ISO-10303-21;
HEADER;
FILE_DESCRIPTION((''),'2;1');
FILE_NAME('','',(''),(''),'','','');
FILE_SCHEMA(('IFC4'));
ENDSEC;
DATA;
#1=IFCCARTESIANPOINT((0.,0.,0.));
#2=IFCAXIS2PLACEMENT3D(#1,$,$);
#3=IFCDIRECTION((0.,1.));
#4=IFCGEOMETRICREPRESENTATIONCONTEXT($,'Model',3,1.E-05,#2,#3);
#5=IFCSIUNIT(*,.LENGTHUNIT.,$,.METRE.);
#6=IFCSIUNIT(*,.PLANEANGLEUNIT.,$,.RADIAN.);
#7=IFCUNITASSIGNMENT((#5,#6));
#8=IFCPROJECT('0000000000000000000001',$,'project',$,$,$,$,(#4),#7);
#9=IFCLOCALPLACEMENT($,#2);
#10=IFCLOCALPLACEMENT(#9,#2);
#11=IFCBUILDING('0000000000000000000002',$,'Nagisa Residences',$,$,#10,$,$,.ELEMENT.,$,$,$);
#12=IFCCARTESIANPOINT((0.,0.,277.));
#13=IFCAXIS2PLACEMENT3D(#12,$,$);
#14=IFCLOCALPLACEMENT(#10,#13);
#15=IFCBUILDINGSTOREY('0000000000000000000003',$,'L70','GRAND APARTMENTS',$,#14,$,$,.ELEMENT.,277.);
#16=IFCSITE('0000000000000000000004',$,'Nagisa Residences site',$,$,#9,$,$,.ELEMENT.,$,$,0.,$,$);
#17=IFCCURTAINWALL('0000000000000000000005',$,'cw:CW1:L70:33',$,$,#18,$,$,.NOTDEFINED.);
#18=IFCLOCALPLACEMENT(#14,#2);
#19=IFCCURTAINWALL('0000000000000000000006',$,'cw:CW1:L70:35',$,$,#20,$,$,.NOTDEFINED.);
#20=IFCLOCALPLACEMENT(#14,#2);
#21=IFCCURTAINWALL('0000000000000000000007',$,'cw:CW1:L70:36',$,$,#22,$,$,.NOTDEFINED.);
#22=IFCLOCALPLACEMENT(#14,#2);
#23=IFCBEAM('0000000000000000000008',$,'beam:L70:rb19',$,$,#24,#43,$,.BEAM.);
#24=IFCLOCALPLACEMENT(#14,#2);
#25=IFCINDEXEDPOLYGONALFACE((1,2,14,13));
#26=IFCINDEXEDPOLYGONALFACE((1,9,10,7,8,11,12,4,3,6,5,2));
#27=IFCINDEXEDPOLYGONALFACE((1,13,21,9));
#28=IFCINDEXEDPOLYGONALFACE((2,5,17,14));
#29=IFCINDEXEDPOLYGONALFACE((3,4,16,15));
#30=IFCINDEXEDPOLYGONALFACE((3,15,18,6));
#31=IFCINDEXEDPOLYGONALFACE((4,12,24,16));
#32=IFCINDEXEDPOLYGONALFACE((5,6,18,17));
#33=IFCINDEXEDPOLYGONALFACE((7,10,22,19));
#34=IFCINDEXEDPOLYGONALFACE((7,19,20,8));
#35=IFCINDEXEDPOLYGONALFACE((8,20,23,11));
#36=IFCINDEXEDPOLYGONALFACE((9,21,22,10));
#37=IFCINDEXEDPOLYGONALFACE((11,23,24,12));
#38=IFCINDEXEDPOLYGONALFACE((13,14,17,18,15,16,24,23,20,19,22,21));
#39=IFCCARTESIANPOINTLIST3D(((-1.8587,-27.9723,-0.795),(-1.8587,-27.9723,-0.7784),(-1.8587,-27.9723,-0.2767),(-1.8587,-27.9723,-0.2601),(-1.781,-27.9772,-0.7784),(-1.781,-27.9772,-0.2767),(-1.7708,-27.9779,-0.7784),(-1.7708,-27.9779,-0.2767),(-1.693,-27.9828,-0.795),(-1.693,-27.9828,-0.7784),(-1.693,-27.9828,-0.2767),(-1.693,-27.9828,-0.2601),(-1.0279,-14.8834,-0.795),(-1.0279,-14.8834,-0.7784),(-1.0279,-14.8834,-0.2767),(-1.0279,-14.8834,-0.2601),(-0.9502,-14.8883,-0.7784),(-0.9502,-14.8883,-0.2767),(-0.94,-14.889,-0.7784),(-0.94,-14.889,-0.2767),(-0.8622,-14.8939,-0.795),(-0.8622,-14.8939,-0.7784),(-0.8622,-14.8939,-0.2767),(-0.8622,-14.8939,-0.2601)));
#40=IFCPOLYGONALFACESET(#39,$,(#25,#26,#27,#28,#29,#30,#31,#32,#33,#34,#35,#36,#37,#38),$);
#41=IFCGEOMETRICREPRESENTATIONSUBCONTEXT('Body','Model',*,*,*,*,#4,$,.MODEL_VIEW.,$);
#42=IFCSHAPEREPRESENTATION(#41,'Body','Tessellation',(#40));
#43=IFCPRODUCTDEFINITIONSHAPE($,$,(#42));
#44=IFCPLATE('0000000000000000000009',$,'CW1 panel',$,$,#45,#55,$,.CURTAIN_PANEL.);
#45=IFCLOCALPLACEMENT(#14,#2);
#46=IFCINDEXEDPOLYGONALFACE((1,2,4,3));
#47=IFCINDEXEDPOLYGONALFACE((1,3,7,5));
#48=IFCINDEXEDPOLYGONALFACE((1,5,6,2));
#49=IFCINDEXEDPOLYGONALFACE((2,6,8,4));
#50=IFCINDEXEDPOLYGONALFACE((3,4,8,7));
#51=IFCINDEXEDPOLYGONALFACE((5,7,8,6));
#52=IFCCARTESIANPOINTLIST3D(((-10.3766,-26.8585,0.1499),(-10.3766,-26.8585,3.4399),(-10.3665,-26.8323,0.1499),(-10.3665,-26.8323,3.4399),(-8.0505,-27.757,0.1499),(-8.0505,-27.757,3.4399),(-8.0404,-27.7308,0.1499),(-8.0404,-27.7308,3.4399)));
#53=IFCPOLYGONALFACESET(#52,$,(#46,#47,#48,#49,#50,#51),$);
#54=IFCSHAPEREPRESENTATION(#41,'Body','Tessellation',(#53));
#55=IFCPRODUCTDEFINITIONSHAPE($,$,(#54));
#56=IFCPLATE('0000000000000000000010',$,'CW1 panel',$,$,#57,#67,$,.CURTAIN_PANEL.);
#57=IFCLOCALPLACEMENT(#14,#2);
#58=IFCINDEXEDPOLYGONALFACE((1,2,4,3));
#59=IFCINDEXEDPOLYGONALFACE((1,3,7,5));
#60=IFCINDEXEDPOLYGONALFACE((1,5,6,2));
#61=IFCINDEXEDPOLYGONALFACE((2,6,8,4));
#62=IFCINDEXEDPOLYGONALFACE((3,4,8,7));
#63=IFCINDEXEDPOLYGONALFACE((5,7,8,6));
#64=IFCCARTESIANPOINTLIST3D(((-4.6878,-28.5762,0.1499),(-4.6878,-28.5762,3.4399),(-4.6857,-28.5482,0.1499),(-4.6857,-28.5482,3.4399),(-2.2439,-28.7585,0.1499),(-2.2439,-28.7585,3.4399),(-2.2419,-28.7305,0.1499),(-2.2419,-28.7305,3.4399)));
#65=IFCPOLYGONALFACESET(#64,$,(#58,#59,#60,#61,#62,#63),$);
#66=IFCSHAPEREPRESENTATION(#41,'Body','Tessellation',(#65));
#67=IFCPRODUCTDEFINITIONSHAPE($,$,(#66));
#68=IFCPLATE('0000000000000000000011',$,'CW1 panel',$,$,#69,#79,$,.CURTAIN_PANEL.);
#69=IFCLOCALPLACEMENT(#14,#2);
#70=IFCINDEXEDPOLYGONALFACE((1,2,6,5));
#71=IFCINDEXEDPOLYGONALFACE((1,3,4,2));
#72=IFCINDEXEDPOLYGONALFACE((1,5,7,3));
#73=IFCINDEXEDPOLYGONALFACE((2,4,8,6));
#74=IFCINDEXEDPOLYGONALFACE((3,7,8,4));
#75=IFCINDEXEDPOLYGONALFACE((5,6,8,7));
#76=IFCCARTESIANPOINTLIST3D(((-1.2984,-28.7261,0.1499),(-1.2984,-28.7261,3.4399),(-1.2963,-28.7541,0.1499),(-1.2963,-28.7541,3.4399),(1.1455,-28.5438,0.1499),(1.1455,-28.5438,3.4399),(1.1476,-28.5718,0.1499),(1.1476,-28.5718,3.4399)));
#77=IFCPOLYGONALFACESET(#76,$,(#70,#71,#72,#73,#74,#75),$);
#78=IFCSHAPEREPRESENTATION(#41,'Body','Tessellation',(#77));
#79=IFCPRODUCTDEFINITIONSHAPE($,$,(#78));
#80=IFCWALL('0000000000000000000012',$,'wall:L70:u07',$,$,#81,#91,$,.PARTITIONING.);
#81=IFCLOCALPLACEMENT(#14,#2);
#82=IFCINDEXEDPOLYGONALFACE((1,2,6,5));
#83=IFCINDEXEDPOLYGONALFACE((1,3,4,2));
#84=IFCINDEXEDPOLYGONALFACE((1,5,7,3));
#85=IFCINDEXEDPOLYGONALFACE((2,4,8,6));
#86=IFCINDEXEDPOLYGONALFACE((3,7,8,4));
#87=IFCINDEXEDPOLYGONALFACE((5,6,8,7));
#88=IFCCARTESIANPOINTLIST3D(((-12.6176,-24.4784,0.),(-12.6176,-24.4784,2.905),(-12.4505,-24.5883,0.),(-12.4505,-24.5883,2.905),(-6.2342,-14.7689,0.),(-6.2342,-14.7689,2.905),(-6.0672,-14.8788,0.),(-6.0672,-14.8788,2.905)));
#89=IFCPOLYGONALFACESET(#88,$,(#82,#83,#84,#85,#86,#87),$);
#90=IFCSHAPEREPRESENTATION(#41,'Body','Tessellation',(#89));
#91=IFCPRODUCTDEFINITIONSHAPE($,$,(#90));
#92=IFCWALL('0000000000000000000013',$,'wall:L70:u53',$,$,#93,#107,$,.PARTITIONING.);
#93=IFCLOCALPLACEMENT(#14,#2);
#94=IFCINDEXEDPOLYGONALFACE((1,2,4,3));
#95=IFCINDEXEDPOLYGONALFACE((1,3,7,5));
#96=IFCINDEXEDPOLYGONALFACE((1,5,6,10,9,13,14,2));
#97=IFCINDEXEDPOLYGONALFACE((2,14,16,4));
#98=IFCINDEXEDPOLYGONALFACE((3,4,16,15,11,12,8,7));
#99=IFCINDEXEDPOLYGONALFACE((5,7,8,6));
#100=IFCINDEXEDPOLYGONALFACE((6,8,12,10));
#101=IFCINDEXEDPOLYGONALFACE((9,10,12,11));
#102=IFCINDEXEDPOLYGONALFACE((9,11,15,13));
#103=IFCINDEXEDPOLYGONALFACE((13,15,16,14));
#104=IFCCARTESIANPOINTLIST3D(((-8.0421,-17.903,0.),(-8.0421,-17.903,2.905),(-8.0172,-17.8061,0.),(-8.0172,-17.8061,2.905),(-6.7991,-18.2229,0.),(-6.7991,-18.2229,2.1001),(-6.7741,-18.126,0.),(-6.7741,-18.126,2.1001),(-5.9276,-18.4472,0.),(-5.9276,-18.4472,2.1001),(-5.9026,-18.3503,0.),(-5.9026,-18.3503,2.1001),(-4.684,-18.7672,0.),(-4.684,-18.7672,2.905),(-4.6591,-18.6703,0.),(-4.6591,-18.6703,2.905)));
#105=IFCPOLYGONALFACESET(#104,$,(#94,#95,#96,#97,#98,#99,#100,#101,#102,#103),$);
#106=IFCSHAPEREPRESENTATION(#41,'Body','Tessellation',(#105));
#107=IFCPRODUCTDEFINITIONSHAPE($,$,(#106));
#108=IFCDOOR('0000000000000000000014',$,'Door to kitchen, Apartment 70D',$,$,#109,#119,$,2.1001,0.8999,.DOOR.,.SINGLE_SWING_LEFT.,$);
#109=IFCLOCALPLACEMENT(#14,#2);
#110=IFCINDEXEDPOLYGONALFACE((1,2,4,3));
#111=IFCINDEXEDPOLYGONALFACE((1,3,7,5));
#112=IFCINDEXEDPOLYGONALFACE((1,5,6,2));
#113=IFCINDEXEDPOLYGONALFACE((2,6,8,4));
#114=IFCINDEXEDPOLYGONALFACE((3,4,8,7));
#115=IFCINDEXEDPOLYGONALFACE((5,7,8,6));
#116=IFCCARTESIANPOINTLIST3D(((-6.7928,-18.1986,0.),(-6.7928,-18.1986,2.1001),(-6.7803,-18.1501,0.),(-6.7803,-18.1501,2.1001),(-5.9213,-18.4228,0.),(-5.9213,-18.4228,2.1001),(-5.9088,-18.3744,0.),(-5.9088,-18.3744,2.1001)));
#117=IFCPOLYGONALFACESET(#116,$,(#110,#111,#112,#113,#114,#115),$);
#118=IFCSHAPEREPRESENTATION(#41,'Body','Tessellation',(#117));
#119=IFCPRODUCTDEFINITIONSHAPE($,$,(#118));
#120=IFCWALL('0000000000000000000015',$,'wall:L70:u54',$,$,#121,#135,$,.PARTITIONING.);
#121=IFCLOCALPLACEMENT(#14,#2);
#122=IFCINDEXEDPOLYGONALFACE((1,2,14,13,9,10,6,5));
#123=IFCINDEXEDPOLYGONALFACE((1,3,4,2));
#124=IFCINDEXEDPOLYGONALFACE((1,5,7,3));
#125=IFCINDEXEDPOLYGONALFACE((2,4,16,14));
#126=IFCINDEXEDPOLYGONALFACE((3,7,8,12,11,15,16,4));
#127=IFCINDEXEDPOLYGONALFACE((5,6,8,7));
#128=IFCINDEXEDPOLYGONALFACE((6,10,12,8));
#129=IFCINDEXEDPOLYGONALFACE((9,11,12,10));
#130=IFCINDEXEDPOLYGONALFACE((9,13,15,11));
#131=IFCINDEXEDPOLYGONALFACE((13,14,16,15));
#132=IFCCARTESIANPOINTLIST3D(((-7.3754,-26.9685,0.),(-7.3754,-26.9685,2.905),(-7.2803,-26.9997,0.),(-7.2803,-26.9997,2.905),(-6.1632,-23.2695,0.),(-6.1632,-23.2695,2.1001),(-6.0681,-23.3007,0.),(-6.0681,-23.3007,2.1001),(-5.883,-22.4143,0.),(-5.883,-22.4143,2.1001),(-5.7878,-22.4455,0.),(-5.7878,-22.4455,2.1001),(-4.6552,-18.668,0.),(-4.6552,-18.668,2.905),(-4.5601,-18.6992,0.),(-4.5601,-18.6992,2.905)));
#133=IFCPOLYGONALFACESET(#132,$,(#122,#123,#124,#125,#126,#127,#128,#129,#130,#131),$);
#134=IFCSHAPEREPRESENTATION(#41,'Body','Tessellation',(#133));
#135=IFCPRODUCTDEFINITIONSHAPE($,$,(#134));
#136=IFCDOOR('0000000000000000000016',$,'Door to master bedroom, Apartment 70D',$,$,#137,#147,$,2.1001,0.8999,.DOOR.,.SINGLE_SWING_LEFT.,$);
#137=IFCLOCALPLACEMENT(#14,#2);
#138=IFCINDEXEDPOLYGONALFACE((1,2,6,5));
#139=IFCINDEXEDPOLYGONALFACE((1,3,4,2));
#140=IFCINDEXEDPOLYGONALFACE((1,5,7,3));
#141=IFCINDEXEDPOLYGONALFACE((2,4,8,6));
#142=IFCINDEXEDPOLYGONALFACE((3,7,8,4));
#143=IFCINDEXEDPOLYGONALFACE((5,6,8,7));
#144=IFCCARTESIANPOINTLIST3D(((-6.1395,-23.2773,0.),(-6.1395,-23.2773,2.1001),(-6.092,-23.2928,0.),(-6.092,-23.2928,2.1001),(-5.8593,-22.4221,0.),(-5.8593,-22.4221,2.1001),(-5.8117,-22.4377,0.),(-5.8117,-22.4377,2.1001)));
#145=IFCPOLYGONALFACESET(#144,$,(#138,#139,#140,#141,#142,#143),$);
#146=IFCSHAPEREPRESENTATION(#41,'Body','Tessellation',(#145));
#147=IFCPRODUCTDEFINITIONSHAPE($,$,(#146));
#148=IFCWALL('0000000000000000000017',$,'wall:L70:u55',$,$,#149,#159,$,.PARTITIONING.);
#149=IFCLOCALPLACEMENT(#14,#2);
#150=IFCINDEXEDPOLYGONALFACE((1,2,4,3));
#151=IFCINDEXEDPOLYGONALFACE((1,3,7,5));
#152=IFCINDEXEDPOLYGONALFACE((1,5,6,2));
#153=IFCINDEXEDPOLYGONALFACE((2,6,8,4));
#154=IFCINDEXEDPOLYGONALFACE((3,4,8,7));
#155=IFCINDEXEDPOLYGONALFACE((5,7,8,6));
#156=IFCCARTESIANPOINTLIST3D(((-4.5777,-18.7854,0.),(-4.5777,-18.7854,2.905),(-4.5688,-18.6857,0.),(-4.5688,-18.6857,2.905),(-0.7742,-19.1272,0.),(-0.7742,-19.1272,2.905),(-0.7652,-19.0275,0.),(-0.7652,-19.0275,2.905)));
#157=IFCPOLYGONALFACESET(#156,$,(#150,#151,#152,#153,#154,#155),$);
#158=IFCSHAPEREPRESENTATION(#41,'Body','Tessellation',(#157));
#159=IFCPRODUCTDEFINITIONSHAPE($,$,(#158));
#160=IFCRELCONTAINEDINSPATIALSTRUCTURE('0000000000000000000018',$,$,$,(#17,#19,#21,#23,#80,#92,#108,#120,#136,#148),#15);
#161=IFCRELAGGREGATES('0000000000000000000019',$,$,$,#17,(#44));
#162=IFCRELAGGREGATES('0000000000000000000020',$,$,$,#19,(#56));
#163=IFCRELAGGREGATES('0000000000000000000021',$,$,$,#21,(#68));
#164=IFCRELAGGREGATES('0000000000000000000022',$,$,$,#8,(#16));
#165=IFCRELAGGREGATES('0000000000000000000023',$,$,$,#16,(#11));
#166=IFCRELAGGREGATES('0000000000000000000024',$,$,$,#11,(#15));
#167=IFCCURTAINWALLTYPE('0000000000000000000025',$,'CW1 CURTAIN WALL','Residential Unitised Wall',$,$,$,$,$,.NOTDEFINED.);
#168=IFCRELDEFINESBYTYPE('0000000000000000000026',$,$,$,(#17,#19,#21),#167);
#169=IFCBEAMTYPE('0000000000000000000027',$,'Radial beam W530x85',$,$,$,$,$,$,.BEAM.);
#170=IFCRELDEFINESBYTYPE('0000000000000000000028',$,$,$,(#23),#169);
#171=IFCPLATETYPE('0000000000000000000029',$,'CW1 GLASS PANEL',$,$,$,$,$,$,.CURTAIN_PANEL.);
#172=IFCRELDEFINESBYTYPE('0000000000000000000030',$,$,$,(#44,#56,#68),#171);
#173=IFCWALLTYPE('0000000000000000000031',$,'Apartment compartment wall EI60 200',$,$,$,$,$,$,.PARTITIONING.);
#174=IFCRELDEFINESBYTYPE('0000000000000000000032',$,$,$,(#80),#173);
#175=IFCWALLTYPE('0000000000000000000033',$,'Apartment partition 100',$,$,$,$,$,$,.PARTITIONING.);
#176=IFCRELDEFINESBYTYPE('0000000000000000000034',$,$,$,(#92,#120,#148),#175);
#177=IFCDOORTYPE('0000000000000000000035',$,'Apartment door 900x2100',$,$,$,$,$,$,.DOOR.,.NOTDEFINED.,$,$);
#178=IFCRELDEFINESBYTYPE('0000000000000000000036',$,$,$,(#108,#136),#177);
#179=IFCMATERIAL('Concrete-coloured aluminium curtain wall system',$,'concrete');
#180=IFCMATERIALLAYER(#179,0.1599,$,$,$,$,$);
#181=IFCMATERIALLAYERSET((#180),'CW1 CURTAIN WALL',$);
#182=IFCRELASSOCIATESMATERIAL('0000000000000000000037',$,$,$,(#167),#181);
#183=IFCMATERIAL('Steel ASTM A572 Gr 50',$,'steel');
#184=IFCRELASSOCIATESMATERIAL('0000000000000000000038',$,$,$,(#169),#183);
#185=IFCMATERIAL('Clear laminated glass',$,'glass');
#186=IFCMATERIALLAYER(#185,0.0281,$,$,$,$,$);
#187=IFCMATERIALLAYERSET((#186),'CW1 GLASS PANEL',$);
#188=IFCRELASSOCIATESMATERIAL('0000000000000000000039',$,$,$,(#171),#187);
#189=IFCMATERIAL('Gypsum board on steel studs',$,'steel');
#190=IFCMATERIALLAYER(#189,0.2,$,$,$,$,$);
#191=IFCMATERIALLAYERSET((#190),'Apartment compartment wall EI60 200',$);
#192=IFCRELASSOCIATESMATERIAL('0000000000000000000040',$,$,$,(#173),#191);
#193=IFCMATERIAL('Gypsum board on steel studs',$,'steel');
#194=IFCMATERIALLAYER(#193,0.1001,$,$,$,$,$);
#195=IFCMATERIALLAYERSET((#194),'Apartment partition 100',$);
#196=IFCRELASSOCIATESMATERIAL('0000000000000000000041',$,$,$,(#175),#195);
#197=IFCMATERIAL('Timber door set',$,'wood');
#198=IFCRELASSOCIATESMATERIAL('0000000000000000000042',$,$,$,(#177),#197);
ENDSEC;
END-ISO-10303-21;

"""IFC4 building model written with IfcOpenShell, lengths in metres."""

from ifc_helpers import new_model, si_unit, direction, frame, frame_2d, origin, origin_2d, place, context, subcontext, project, spatial, rectangle, i_section, extrude, material, layer, layer_set, material_profile, profile_set, type_object, element, fill, aggregate, save


model = new_model("IFC4")

# Units and contexts
model_context = context("Model", 3, precision=1e-05, world=origin(), true_north=direction((0.0, 1.0)))
body_context = subcontext(model_context, "Body", "Model", "MODEL_VIEW")
ifc_project = project(units=[si_unit("LENGTHUNIT", "METRE"), si_unit("PLANEANGLEUNIT", "RADIAN")], contexts=[model_context])

# Site, building, storey
site_placement = place(None, origin())
site = spatial("IfcSite", under=ifc_project, at=site_placement, Name="Nagisa Residences site", CompositionType="ELEMENT", RefElevation=0.0)
building_placement = place(site_placement, origin())
building = spatial("IfcBuilding", under=site, at=building_placement, Name="Nagisa Residences", CompositionType="ELEMENT")
storey_placement = place(building_placement, frame((0.0, 0.0, 277.0)))
storey = spatial("IfcBuildingStorey", under=building, at=storey_placement, Name="L70", Description="GRAND APARTMENTS", CompositionType="ELEMENT", Elevation=277.0)

# Curtain walls
ifc_material_1 = material(Name="Concrete-coloured aluminium curtain wall system", Category="concrete")
ifc_layer_1 = layer(ifc_material_1, 0.1599)
ifc_layer_set_1 = layer_set([ifc_layer_1], Name="CW1 CURTAIN WALL")
curtain_wall_type = type_object("IfcCurtainWallType", Name="CW1 CURTAIN WALL", Description="Residential Unitised Wall", PredefinedType="NOTDEFINED", material=ifc_layer_set_1)
curtain_wall_1_placement = place(storey_placement, origin())
curtain_wall_1 = element("IfcCurtainWall", 1, at=curtain_wall_1_placement, inside=storey, type_object=curtain_wall_type, Name="cw:CW1:L70:33", PredefinedType="NOTDEFINED")
curtain_wall_2_placement = place(storey_placement, origin())
curtain_wall_2 = element("IfcCurtainWall", 2, at=curtain_wall_2_placement, inside=storey, type_object=curtain_wall_type, Name="cw:CW1:L70:35", PredefinedType="NOTDEFINED")
curtain_wall_3_placement = place(storey_placement, origin())
curtain_wall_3 = element("IfcCurtainWall", 3, at=curtain_wall_3_placement, inside=storey, type_object=curtain_wall_type, Name="cw:CW1:L70:36", PredefinedType="NOTDEFINED")

# Beam
ifc_material_2 = material(Name="Steel ASTM A572 Gr 50", Category="steel")
ifc_material_profile_1 = material_profile(ifc_material_2, i_section(OverallWidth=0.166, OverallDepth=0.5349, WebThickness=0.0103, FlangeThickness=0.0166, at=origin_2d()), Name="W530x85")
ifc_profile_set_1 = profile_set([ifc_material_profile_1], Name="Steel ASTM A572 Gr 50")
beam_type_1 = type_object("IfcBeamType", Name="Radial beam W530x85", PredefinedType="BEAM", material=ifc_profile_set_1)
beam_1_placement = place(storey_placement, frame((-1.7759, -27.9775, -0.5276), z_axis=(0.063347, 0.997992, 0.0), x_axis=(-0.997992, 0.063347, 0.0)))
element("IfcBeam", 4, at=beam_1_placement, inside=storey, type_object=beam_type_1, Name="beam:L70:rb19", PredefinedType="BEAM", context=body_context, shape_type="SweptSolid", body=[
    extrude(i_section(OverallWidth=0.166, OverallDepth=0.5349, WebThickness=0.0103, FlangeThickness=0.0166, at=origin_2d()), origin(), (0.0, 0.0, 1.0), 13.1152),
])

# Plates
ifc_material_3 = material(Name="Clear laminated glass", Category="glass")
ifc_layer_2 = layer(ifc_material_3, 0.0281)
ifc_layer_set_2 = layer_set([ifc_layer_2], Name="CW1 GLASS PANEL")
plate_type = type_object("IfcPlateType", Name="CW1 GLASS PANEL", PredefinedType="CURTAIN_PANEL", material=ifc_layer_set_2)
plate_1_placement = place(storey_placement, frame((-9.2085, -27.2947, 0.1499), z_axis=(0.0, 0.0, 1.0), x_axis=(0.932826, -0.360328, 0.0)))
plate_1 = element("IfcPlate", 5, at=plate_1_placement, type_object=plate_type, Name="CW1 panel", PredefinedType="CURTAIN_PANEL", context=body_context, shape_type="SweptSolid", body=[
    extrude(rectangle(XDim=2.4937, YDim=0.0281, at=origin_2d()), origin(), (0.0, 0.0, 1.0), 3.29),
])
aggregate(curtain_wall_1, [plate_1])
plate_2_placement = place(storey_placement, frame((-3.4648, -28.6533, 0.1499), z_axis=(0.0, 0.0, 1.0), x_axis=(0.99723, -0.074377, 0.0)))
plate_2 = element("IfcPlate", 6, at=plate_2_placement, type_object=plate_type, Name="CW1 panel", PredefinedType="CURTAIN_PANEL", context=body_context, shape_type="SweptSolid", body=[
    extrude(rectangle(XDim=2.4507, YDim=0.0281, at=origin_2d()), origin(), (0.0, 0.0, 1.0), 3.29),
])
aggregate(curtain_wall_2, [plate_2])
plate_3_placement = place(storey_placement, frame((-0.0754, -28.6489, 0.1499), z_axis=(0.0, 0.0, 1.0), x_axis=(0.99723, 0.074377, 0.0)))
plate_3 = element("IfcPlate", 7, at=plate_3_placement, type_object=plate_type, Name="CW1 panel", PredefinedType="CURTAIN_PANEL", context=body_context, shape_type="SweptSolid", body=[
    extrude(rectangle(XDim=2.4507, YDim=0.0281, at=origin_2d()), origin(), (0.0, 0.0, 1.0), 3.29),
])
aggregate(curtain_wall_3, [plate_3])

# Wall
ifc_material_4 = material(Name="Gypsum board on steel studs", Category="steel")
ifc_layer_3 = layer(ifc_material_4, 0.2)
ifc_layer_set_3 = layer_set([ifc_layer_3], Name="Apartment compartment wall EI60 200")
wall_type_1 = type_object("IfcWallType", Name="Apartment compartment wall EI60 200", PredefinedType="PARTITIONING", material=ifc_layer_set_3)
wall_1_placement = place(storey_placement, frame((-6.1506, -14.8237, 0.0), z_axis=(0.0, 0.0, 1.0), x_axis=(-0.549346, -0.835595, 0.0)))
element("IfcWall", 8, at=wall_1_placement, inside=storey, type_object=wall_type_1, Name="wall:L70:u07", PredefinedType="PARTITIONING", context=body_context, shape_type="SweptSolid", body=[
    extrude(rectangle(XDim=11.6199, YDim=0.2, at=frame_2d((5.8101, 0.0))), origin(), (0.0, 0.0, 1.0), 2.905),
])

# Walls, openings, doors
ifc_material_5 = material(Name="Gypsum board on steel studs", Category="steel")
ifc_layer_4 = layer(ifc_material_5, 0.1001)
ifc_layer_set_4 = layer_set([ifc_layer_4], Name="Apartment partition 100")
wall_type_2 = type_object("IfcWallType", Name="Apartment partition 100", PredefinedType="PARTITIONING", material=ifc_layer_set_4)
wall_2_placement = place(storey_placement, frame((-8.0298, -17.8545, 0.0), z_axis=(0.0, 0.0, 1.0), x_axis=(0.968442, -0.249239, 0.0)))
wall_2 = element("IfcWall", 9, at=wall_2_placement, inside=storey, type_object=wall_type_2, Name="wall:L70:u53", PredefinedType="PARTITIONING", context=body_context, shape_type="SweptSolid", body=[
    extrude(rectangle(XDim=3.4675, YDim=0.1001, at=frame_2d((1.7339, 0.0))), origin(), (0.0, 0.0, 1.0), 2.905),
])
opening_1_placement = place(wall_2_placement, frame((1.2837, 0.0, 0.0)))
opening_1 = element("IfcOpeningElement", 10, at=opening_1_placement, cuts=wall_2, PredefinedType="OPENING", context=body_context, shape_type="SweptSolid", body=[
    extrude(rectangle(XDim=0.8999, YDim=2.1001, at=frame_2d((0.45, 1.05))), frame((0.0, 0.0601, 0.0), z_axis=(0.0, -1.0, 0.0), x_axis=(1.0, 0.0, 0.0)), (0.0, 0.0, 1.0), 0.1201),
])
ifc_material_6 = material(Name="Timber door set", Category="wood")
door_type_1 = type_object("IfcDoorType", Name="Apartment door 900x2100", OperationType="NOTDEFINED", PredefinedType="DOOR", material=ifc_material_6)
door_1_placement = place(opening_1_placement, frame((0.8999, 0.0, 0.0), x_axis=(-1.0, 0.0, 0.0)))
door_1 = element("IfcDoor", 11, at=door_1_placement, inside=storey, type_object=door_type_1, Name="Door to kitchen, Apartment 70D", OperationType="SINGLE_SWING_LEFT", OverallHeight=2.1001, OverallWidth=0.8999, PredefinedType="DOOR", context=body_context, shape_type="SweptSolid", body=[
    extrude(rectangle(XDim=0.8999, YDim=2.1001, at=frame_2d((0.45, 1.05))), frame((0.0, 0.0249, 0.0), z_axis=(0.0, -1.0, 0.0), x_axis=(1.0, 0.0, 0.0)), (0.0, 0.0, 1.0), 0.05),
])
fill(opening_1, door_1)
wall_3_placement = place(storey_placement, frame((-4.6077, -18.6836, 0.0), z_axis=(0.0, 0.0, 1.0), x_axis=(-0.311419, -0.950273, 0.0)))
wall_3 = element("IfcWall", 12, at=wall_3_placement, inside=storey, type_object=wall_type_2, Name="wall:L70:u54", PredefinedType="PARTITIONING", context=body_context, shape_type="SweptSolid", body=[
    extrude(rectangle(XDim=8.7349, YDim=0.1001, at=frame_2d((4.3674, 0.0))), origin(), (0.0, 0.0, 1.0), 2.905),
])
opening_2_placement = place(wall_3_placement, frame((3.9424, 0.0, 0.0)))
opening_2 = element("IfcOpeningElement", 13, at=opening_2_placement, cuts=wall_3, PredefinedType="OPENING", context=body_context, shape_type="SweptSolid", body=[
    extrude(rectangle(XDim=0.8999, YDim=2.1001, at=frame_2d((0.45, 1.05))), frame((0.0, 0.0601, 0.0), z_axis=(0.0, -1.0, 0.0), x_axis=(1.0, 0.0, 0.0)), (0.0, 0.0, 1.0), 0.1201),
])
door_2_placement = place(opening_2_placement, origin())
door_2 = element("IfcDoor", 14, at=door_2_placement, inside=storey, type_object=door_type_1, Name="Door to master bedroom, Apartment 70D", OperationType="SINGLE_SWING_LEFT", OverallHeight=2.1001, OverallWidth=0.8999, PredefinedType="DOOR", context=body_context, shape_type="SweptSolid", body=[
    extrude(rectangle(XDim=0.8999, YDim=2.1001, at=frame_2d((0.45, 1.05))), frame((0.0, 0.0249, 0.0), z_axis=(0.0, -1.0, 0.0), x_axis=(1.0, 0.0, 0.0)), (0.0, 0.0, 1.0), 0.05),
])
fill(opening_2, door_2)

# Wall
wall_4_placement = place(storey_placement, frame((-4.5732, -18.7356, 0.0), z_axis=(0.0, 0.0, 1.0), x_axis=(0.995986, -0.089504, 0.0)))
element("IfcWall", 15, at=wall_4_placement, inside=storey, type_object=wall_type_2, Name="wall:L70:u55", PredefinedType="PARTITIONING", context=body_context, shape_type="SweptSolid", body=[
    extrude(rectangle(XDim=3.8188, YDim=0.1001, at=frame_2d((1.9094, 0.0))), origin(), (0.0, 0.0, 1.0), 2.905),
])

save(model, "model.ifc")
